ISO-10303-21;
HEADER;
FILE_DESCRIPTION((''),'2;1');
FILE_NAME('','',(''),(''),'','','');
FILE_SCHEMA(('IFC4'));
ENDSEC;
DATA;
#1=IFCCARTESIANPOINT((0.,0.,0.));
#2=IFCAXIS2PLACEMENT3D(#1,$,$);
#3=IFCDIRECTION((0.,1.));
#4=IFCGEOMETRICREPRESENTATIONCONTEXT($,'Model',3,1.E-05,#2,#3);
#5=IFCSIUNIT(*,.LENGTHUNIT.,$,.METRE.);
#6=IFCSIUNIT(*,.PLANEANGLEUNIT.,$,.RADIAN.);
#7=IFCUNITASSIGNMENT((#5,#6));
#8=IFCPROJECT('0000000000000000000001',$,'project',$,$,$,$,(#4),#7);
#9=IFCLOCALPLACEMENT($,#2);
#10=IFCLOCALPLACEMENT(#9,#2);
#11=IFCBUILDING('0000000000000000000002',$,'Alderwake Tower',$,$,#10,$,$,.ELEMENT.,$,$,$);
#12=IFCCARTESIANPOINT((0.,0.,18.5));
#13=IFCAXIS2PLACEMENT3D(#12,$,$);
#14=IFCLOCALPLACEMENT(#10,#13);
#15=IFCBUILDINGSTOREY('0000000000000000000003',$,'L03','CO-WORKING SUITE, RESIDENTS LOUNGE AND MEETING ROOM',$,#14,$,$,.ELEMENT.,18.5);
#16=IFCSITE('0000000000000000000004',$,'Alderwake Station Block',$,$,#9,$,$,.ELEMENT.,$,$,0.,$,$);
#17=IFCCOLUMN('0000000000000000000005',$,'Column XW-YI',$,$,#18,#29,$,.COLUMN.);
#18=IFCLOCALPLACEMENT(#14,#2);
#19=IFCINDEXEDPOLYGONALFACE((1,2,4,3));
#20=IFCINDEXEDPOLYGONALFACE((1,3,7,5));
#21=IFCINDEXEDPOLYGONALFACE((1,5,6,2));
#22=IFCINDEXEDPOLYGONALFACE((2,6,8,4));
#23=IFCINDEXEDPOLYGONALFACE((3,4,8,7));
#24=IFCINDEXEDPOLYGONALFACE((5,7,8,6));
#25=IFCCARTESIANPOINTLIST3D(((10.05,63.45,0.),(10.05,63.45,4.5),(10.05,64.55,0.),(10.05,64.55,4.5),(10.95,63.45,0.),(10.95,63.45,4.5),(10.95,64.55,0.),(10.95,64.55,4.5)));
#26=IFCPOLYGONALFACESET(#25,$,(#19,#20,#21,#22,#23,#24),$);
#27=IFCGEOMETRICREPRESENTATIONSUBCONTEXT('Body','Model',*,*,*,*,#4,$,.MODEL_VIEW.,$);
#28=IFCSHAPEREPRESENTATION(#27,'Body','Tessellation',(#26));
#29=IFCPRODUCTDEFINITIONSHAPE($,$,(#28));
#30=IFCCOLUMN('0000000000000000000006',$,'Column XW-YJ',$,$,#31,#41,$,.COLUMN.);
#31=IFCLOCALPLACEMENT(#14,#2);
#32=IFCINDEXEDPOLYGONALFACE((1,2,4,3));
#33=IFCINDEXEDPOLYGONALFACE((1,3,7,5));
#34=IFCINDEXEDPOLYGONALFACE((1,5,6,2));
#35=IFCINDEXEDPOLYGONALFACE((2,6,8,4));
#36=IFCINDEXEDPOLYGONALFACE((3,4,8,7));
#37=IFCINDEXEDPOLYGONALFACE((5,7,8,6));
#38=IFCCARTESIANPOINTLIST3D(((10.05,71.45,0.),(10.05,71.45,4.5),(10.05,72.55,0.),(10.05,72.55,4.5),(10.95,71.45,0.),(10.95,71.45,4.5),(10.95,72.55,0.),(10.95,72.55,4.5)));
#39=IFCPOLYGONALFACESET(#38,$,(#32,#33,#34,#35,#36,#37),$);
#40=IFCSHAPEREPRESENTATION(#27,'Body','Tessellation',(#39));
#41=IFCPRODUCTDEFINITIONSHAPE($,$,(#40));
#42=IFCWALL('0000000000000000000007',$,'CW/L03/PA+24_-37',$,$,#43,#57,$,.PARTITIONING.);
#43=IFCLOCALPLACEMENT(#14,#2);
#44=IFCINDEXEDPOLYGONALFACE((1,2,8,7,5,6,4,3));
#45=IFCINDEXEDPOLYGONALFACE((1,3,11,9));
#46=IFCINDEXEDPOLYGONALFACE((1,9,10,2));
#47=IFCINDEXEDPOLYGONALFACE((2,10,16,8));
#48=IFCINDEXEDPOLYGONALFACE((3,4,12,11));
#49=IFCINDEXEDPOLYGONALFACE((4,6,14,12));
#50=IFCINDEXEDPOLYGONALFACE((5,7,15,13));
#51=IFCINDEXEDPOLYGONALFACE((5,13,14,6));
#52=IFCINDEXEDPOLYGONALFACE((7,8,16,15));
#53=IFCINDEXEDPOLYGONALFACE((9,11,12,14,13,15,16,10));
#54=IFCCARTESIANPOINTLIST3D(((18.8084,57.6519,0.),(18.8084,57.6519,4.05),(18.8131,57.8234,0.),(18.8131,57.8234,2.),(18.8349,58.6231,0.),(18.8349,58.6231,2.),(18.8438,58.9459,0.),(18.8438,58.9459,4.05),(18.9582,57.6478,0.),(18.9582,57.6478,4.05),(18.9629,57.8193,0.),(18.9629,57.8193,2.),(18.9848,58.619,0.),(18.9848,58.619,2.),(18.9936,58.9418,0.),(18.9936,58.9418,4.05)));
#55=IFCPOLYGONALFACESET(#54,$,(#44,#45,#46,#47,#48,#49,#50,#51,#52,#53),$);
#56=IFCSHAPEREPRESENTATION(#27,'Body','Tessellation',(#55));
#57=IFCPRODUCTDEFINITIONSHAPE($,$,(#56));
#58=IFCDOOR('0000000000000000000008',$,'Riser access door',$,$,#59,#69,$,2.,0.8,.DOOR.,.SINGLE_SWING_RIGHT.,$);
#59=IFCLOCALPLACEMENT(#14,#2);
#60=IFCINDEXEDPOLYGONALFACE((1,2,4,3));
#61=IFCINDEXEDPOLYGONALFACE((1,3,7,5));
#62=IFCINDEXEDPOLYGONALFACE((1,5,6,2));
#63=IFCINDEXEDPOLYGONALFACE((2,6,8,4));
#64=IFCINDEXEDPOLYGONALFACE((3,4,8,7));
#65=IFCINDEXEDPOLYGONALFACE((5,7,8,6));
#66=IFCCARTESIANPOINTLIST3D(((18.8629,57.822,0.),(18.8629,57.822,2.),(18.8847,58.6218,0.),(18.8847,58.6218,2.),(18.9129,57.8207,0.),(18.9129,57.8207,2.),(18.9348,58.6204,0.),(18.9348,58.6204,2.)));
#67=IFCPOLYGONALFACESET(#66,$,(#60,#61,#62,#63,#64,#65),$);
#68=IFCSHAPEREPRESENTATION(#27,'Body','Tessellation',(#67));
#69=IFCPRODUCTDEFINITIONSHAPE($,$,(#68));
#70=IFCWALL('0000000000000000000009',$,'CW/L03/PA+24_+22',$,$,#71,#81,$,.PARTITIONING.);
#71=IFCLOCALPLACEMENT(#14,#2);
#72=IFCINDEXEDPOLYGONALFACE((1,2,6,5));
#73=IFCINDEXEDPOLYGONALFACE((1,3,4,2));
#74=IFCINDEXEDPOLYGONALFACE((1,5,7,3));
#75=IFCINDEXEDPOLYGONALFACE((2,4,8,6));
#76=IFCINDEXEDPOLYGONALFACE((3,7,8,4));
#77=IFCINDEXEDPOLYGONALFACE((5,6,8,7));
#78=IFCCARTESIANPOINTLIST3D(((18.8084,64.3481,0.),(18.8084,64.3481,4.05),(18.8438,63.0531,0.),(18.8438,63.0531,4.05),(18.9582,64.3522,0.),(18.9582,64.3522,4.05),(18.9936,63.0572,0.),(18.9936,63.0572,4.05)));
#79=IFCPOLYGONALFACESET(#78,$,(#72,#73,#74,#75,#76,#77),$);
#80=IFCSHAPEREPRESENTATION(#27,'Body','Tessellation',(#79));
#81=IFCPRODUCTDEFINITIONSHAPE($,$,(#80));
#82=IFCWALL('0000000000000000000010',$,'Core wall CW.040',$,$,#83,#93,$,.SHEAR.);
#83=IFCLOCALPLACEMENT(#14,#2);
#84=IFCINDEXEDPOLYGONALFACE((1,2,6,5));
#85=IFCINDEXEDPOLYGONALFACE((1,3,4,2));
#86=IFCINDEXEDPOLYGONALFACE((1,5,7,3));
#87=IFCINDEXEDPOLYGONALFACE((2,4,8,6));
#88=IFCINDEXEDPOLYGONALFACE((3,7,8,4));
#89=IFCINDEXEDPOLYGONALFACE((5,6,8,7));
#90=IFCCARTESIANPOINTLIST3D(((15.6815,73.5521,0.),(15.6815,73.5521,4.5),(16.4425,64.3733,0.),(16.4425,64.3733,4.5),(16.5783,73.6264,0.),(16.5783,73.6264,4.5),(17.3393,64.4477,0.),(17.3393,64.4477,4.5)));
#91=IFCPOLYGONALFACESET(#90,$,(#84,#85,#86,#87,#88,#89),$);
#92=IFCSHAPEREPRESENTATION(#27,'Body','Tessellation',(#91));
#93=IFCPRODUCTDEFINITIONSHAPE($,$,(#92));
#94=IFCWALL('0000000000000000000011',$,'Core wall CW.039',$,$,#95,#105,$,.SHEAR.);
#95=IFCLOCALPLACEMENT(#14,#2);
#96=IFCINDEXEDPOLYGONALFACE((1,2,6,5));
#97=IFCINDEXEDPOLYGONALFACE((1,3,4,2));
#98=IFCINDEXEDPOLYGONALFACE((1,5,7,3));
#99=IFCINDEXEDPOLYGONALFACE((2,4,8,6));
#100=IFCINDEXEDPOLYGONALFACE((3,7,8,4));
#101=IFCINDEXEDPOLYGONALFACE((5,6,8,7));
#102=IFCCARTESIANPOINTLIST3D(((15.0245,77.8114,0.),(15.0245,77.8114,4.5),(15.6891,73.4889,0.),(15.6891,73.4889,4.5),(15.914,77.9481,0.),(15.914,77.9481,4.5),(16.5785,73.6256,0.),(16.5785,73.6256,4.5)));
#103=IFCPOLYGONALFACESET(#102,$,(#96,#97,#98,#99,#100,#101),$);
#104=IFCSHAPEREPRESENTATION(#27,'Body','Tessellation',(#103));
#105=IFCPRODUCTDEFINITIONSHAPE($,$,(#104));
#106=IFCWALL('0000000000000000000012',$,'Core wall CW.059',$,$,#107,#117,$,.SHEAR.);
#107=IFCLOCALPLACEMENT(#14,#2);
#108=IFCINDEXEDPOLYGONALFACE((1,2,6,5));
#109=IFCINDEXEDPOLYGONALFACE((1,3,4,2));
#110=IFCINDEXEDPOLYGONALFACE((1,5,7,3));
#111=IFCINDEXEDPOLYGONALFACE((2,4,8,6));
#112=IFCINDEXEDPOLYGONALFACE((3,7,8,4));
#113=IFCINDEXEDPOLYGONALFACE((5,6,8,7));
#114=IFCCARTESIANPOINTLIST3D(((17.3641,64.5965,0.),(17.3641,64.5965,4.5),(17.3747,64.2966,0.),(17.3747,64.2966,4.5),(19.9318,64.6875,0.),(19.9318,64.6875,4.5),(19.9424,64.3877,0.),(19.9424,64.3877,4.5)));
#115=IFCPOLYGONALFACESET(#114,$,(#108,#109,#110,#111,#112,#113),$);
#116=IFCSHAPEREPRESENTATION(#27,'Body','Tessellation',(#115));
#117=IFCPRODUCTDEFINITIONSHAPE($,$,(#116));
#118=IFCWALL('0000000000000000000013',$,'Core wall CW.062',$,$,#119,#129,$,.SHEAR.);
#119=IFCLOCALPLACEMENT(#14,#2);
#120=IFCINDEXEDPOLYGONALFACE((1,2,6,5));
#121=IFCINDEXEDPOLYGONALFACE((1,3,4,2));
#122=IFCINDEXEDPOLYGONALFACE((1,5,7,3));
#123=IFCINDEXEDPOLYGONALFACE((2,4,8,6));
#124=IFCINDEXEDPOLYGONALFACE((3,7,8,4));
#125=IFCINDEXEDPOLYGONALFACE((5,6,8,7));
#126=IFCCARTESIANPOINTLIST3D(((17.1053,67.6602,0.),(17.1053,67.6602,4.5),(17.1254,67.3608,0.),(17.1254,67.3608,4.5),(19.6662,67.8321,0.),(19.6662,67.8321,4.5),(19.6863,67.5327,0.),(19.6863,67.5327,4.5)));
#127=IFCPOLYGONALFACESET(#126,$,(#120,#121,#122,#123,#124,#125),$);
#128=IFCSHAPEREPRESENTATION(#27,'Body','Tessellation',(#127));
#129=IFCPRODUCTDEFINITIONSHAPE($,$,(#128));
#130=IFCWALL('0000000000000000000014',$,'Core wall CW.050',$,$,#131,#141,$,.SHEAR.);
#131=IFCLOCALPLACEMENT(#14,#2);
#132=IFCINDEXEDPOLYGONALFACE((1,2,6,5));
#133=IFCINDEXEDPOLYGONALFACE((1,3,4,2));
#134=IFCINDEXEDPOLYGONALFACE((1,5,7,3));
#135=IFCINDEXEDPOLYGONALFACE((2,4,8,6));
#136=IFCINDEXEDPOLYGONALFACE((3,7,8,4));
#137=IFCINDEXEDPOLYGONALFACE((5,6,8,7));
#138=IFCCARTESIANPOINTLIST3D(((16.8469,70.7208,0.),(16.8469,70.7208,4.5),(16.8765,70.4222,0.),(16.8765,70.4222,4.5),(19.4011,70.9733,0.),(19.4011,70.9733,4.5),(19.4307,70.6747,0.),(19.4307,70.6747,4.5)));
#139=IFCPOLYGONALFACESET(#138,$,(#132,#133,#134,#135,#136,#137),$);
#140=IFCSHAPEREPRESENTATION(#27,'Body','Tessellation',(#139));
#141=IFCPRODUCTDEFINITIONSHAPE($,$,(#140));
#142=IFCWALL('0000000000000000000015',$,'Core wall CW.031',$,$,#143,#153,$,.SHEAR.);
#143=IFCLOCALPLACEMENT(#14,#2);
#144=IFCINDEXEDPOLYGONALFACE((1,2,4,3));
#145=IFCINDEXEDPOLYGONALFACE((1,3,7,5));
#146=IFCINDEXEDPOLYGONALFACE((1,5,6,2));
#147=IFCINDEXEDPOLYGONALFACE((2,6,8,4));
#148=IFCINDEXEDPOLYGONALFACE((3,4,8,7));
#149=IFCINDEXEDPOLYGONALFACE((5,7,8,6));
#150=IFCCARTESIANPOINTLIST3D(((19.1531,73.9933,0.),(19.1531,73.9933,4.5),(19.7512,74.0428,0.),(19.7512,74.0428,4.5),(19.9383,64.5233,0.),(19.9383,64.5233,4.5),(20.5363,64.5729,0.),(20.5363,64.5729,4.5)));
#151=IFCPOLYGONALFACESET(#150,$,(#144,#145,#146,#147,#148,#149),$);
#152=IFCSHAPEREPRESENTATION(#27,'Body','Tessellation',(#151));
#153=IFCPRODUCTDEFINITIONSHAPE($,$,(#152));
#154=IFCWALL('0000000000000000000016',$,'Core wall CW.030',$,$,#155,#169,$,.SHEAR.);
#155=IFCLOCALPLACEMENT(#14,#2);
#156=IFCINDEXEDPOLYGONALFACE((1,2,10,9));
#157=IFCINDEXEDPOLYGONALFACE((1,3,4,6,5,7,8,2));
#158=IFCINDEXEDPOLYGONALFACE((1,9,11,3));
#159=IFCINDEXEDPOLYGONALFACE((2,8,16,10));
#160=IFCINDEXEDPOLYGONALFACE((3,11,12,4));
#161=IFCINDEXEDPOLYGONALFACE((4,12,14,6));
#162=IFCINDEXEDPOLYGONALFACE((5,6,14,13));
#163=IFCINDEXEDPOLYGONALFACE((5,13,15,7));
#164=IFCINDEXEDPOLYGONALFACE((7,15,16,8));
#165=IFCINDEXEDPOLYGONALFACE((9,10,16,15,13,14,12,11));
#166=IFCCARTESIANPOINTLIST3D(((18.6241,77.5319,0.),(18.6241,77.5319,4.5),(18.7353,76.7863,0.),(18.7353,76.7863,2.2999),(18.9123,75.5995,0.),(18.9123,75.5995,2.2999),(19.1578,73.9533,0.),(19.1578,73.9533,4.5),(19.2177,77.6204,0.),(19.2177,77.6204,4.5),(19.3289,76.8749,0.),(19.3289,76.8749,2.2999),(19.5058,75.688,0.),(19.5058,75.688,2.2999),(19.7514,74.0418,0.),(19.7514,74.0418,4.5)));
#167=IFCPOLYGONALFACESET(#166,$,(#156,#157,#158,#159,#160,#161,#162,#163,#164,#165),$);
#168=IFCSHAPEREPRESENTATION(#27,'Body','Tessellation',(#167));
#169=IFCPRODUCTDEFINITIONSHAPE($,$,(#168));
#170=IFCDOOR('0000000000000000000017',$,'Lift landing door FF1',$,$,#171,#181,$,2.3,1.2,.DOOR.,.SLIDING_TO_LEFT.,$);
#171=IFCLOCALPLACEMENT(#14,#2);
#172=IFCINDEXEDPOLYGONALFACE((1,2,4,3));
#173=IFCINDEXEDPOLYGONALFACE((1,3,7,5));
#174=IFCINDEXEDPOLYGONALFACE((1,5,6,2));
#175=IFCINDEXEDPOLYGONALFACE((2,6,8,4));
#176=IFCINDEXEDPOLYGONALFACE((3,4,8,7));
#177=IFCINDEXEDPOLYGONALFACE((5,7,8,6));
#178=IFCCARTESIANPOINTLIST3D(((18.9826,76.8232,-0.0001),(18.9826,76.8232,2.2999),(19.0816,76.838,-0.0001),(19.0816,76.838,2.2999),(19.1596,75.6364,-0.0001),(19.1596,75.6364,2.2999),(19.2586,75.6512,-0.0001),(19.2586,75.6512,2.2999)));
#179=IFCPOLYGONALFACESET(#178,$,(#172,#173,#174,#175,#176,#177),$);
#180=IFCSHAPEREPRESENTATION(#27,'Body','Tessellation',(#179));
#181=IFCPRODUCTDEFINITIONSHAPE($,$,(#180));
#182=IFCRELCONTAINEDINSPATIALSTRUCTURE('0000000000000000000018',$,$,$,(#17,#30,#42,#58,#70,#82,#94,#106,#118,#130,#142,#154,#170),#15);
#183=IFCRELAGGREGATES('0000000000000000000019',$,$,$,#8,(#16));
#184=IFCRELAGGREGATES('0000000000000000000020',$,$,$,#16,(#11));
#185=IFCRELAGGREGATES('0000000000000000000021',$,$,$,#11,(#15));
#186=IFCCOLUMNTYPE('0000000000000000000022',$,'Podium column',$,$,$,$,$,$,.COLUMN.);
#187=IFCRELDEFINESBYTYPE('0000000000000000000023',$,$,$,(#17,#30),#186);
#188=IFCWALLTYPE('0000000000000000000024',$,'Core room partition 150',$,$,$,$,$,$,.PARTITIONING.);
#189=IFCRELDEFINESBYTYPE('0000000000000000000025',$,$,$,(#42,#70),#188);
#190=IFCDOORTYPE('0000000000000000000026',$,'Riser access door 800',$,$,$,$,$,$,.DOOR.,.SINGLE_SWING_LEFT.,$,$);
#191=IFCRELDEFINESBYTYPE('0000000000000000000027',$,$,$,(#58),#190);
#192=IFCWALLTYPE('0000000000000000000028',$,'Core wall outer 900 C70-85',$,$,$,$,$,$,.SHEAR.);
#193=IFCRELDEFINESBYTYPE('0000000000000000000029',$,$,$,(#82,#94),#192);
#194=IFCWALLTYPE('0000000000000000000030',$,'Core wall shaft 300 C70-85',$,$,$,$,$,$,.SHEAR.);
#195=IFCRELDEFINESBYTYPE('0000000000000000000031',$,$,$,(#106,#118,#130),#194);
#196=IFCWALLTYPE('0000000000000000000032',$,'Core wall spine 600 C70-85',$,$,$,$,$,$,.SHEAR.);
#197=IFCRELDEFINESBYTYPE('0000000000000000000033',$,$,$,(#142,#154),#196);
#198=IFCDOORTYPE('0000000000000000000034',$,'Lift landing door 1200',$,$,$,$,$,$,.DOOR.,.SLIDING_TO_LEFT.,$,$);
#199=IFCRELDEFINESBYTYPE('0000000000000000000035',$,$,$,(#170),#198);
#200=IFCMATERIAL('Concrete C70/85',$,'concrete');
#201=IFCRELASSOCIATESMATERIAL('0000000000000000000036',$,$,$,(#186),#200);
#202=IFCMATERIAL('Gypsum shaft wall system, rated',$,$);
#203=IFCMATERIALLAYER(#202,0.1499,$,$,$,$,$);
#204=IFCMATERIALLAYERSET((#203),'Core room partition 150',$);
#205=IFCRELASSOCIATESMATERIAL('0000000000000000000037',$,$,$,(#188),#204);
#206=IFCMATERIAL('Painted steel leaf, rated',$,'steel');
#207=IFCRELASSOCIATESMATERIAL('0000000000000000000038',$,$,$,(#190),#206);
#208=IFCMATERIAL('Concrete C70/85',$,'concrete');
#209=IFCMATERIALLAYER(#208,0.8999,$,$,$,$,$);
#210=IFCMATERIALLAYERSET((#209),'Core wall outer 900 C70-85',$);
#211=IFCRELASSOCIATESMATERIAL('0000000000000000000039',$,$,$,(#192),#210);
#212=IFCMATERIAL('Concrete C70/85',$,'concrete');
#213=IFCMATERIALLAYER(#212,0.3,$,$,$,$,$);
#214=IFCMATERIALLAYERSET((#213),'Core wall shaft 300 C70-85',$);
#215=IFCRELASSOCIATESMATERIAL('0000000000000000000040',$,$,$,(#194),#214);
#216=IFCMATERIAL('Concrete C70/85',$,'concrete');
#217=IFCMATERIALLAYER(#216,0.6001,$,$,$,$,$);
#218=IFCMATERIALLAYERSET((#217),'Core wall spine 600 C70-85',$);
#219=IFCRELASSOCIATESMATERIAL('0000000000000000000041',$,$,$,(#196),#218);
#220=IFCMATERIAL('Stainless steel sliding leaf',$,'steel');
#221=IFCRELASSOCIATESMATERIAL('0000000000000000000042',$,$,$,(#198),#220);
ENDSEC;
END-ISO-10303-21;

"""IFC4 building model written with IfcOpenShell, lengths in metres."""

from ifc_helpers import new_model, si_unit, direction, frame, frame_2d, origin, origin_2d, place, context, subcontext, project, spatial, rectangle, extrude, material, layer, layer_set, material_profile, profile_set, type_object, element, fill, save


model = new_model("IFC4")

# Units and contexts
model_context = context("Model", 3, precision=1e-05, world=origin(), true_north=direction((0.0, 1.0)))
body_context = subcontext(model_context, "Body", "Model", "MODEL_VIEW")
ifc_project = project(units=[si_unit("LENGTHUNIT", "METRE"), si_unit("PLANEANGLEUNIT", "RADIAN")], contexts=[model_context])

# Site, building, storey
site_placement = place(None, origin())
site = spatial("IfcSite", under=ifc_project, at=site_placement, Name="Alderwake Station Block", CompositionType="ELEMENT", RefElevation=0.0)
building_placement = place(site_placement, origin())
building = spatial("IfcBuilding", under=site, at=building_placement, Name="Alderwake Tower", CompositionType="ELEMENT")
storey_placement = place(building_placement, frame((0.0, 0.0, 18.5)))
storey = spatial("IfcBuildingStorey", under=building, at=storey_placement, Name="L03", Description="CO-WORKING SUITE, RESIDENTS LOUNGE AND MEETING ROOM", CompositionType="ELEMENT", Elevation=18.5)

# Columns
ifc_material_1 = material(Name="Concrete C70/85", Category="concrete")
ifc_material_profile = material_profile(ifc_material_1, rectangle(XDim=0.8999, YDim=1.1001, at=origin_2d()), Name="RC 1100X900")
ifc_profile_set = profile_set([ifc_material_profile], Name="Concrete C70/85")
column_type = type_object("IfcColumnType", Name="Podium column", PredefinedType="COLUMN", material=ifc_profile_set)
for number, where, z_axis, x_axis, name in (
    (1, (10.5, 64.0, 0.0), (0.0, 0.0, 1.0), (1.0, 0.0, 0.0), "Column XW-YI"),
    (2, (10.5, 72.0, 0.0), (0.0, 0.0, 1.0), (1.0, 0.0, 0.0), "Column XW-YJ"),
):
    element("IfcColumn", number, at=place(storey_placement, frame(where, z_axis=z_axis, x_axis=x_axis)), inside=storey, type_object=column_type, Name=name, PredefinedType="COLUMN", context=body_context, shape_type="SweptSolid", body=[
        extrude(rectangle(XDim=0.8999, YDim=1.1001, at=origin_2d()), origin(), (0.0, 0.0, 1.0), 4.5),
    ])

# Wall, opening, door
ifc_material_2 = material(Name="Gypsum shaft wall system, rated")
ifc_layer_1 = layer(ifc_material_2, 0.1499)
ifc_layer_set_1 = layer_set([ifc_layer_1], Name="Core room partition 150")
wall_type_1 = type_object("IfcWallType", Name="Core room partition 150", PredefinedType="PARTITIONING", material=ifc_layer_set_1)
wall_1_placement = place(storey_placement, frame((18.9187, 58.9438, 0.0), z_axis=(0.0, 0.0, 1.0), x_axis=(-0.027348, -0.999626, 0.0)))
wall_1 = element("IfcWall", 3, at=wall_1_placement, inside=storey, type_object=wall_type_1, Name="CW/L03/PA+24_-37", PredefinedType="PARTITIONING", context=body_context, shape_type="SweptSolid", body=[
    extrude(rectangle(XDim=1.2944, YDim=0.1499, at=frame_2d((0.6472, 0.0))), origin(), (0.0, 0.0, 1.0), 4.05),
])
opening_1_placement = place(wall_1_placement, frame((0.323, 0.0, 0.0)))
opening_1 = element("IfcOpeningElement", 4, at=opening_1_placement, cuts=wall_1, PredefinedType="OPENING", context=body_context, shape_type="SweptSolid", body=[
    extrude(rectangle(XDim=0.8, YDim=2.0, at=frame_2d((0.3999, 1.0))), frame((0.0, 0.085, 0.0), z_axis=(0.0, -1.0, 0.0), x_axis=(1.0, 0.0, 0.0)), (0.0, 0.0, 1.0), 0.1699),
])
ifc_material_3 = material(Name="Painted steel leaf, rated", Category="steel")
door_type_1 = type_object("IfcDoorType", Name="Riser access door 800", OperationType="SINGLE_SWING_LEFT", PredefinedType="DOOR", material=ifc_material_3)
door_1_placement = place(opening_1_placement, origin())
door_1 = element("IfcDoor", 5, at=door_1_placement, inside=storey, type_object=door_type_1, Name="Riser access door", OperationType="SINGLE_SWING_RIGHT", OverallHeight=2.0, OverallWidth=0.8, PredefinedType="DOOR", context=body_context, shape_type="SweptSolid", body=[
    extrude(rectangle(XDim=0.8, YDim=2.0, at=frame_2d((0.3999, 1.0))), frame((0.0, 0.0249, 0.0), z_axis=(0.0, -1.0, 0.0), x_axis=(1.0, 0.0, 0.0)), (0.0, 0.0, 1.0), 0.05),
])
fill(opening_1, door_1)

# Walls
wall_2_placement = place(storey_placement, frame((18.9187, 63.0552, 0.0), z_axis=(0.0, 0.0, 1.0), x_axis=(-0.027328, 0.999627, 0.0)))
element("IfcWall", 6, at=wall_2_placement, inside=storey, type_object=wall_type_1, Name="CW/L03/PA+24_+22", PredefinedType="PARTITIONING", context=body_context, shape_type="SweptSolid", body=[
    extrude(rectangle(XDim=1.2954, YDim=0.1499, at=frame_2d((0.6477, 0.0))), origin(), (0.0, 0.0, 1.0), 4.05),
])
ifc_material_4 = material(Name="Concrete C70/85", Category="concrete")
ifc_layer_2 = layer(ifc_material_4, 0.8999)
ifc_layer_set_2 = layer_set([ifc_layer_2], Name="Core wall outer 900 C70-85")
wall_type_2 = type_object("IfcWallType", Name="Core wall outer 900 C70-85", PredefinedType="SHEAR", material=ifc_layer_set_2)
wall_3_placement = place(storey_placement, frame((16.8909, 64.4106, 0.0), z_axis=(0.0, 0.0, 1.0), x_axis=(-0.082624, 0.996581, 0.0)))
element("IfcWall", 7, at=wall_3_placement, inside=storey, type_object=wall_type_2, Name="Core wall CW.040", PredefinedType="SHEAR", context=body_context, shape_type="SweptSolid", body=[
    extrude(rectangle(XDim=9.2102, YDim=0.8999, at=frame_2d((4.605, 0.0))), origin(), (0.0, 0.0, 1.0), 4.5),
])
wall_4_placement = place(storey_placement, frame((16.1338, 73.5574, 0.0), z_axis=(0.0, 0.0, 1.0), x_axis=(-0.151957, 0.988387, 0.0)))
element("IfcWall", 8, at=wall_4_placement, inside=storey, type_object=wall_type_2, Name="Core wall CW.039", PredefinedType="SHEAR", context=body_context, shape_type="SweptSolid", body=[
    extrude(rectangle(XDim=4.3733, YDim=0.8999, at=frame_2d((2.1865, 0.0))), origin(), (0.0, 0.0, 1.0), 4.5),
])
ifc_material_5 = material(Name="Concrete C70/85", Category="concrete")
ifc_layer_3 = layer(ifc_material_5, 0.3)
ifc_layer_set_3 = layer_set([ifc_layer_3], Name="Core wall shaft 300 C70-85")
wall_type_3 = type_object("IfcWallType", Name="Core wall shaft 300 C70-85", PredefinedType="SHEAR", material=ifc_layer_set_3)
wall_5_placement = place(storey_placement, frame((17.3694, 64.4465, 0.0), z_axis=(0.0, 0.0, 1.0), x_axis=(0.999372, 0.035444, 0.0)))
element("IfcWall", 9, at=wall_5_placement, inside=storey, type_object=wall_type_3, Name="Core wall CW.059", PredefinedType="SHEAR", context=body_context, shape_type="SweptSolid", body=[
    extrude(rectangle(XDim=2.5693, YDim=0.3, at=frame_2d((1.2847, 0.0))), origin(), (0.0, 0.0, 1.0), 4.5),
])
for number, where, z_axis, x_axis, name in (
    (10, (17.1155, 67.5105, 0.0), (0.0, 0.0, 1.0), (0.997755, 0.066967, 0.0), "Core wall CW.062"),
    (11, (16.8618, 70.5715, 0.0), (0.0, 0.0, 1.0), (0.995151, 0.098355, 0.0), "Core wall CW.050"),
):
    element("IfcWall", number, at=place(storey_placement, frame(where, z_axis=z_axis, x_axis=x_axis)), inside=storey, type_object=wall_type_3, Name=name, PredefinedType="SHEAR", context=body_context, shape_type="SweptSolid", body=[
        extrude(rectangle(XDim=2.5667, YDim=0.3, at=frame_2d((1.2832, 0.0))), origin(), (0.0, 0.0, 1.0), 4.5),
    ])
ifc_material_6 = material(Name="Concrete C70/85", Category="concrete")
ifc_layer_4 = layer(ifc_material_6, 0.6001)
ifc_layer_set_4 = layer_set([ifc_layer_4], Name="Core wall spine 600 C70-85")
wall_type_4 = type_object("IfcWallType", Name="Core wall spine 600 C70-85", PredefinedType="SHEAR", material=ifc_layer_set_4)
wall_6_placement = place(storey_placement, frame((20.2373, 64.5481, 0.0), z_axis=(0.0, 0.0, 1.0), x_axis=(-0.082627, 0.996581, 0.0)))
element("IfcWall", 12, at=wall_6_placement, inside=storey, type_object=wall_type_4, Name="Core wall CW.031", PredefinedType="SHEAR", context=body_context, shape_type="SweptSolid", body=[
    extrude(rectangle(XDim=9.5024, YDim=0.6001, at=frame_2d((4.7512, 0.0))), origin(), (0.0, 0.0, 1.0), 4.5),
])

# Wall, opening, door
wall_7_placement = place(storey_placement, frame((19.4546, 73.9976, 0.0), z_axis=(0.0, 0.0, 1.0), x_axis=(-0.147502, 0.989062, 0.0)))
wall_7 = element("IfcWall", 13, at=wall_7_placement, inside=storey, type_object=wall_type_4, Name="Core wall CW.030", PredefinedType="SHEAR", context=body_context, shape_type="SweptSolid", body=[
    extrude(rectangle(XDim=3.6182, YDim=0.6001, at=frame_2d((1.8091, 0.0))), origin(), (0.0, 0.0, 1.0), 4.5),
])
opening_2_placement = place(wall_7_placement, frame((1.6643, 0.0, 0.0)))
opening_2 = element("IfcOpeningElement", 14, at=opening_2_placement, cuts=wall_7, PredefinedType="OPENING", context=body_context, shape_type="SweptSolid", body=[
    extrude(rectangle(XDim=1.2, YDim=2.3, at=frame_2d((0.6001, 1.1499))), frame((0.0, 0.3101, 0.0), z_axis=(0.0, -1.0, 0.0), x_axis=(1.0, 0.0, 0.0)), (0.0, 0.0, 1.0), 0.6201),
])
ifc_material_7 = material(Name="Stainless steel sliding leaf", Category="steel")
door_type_2 = type_object("IfcDoorType", Name="Lift landing door 1200", OperationType="SLIDING_TO_LEFT", PredefinedType="DOOR", material=ifc_material_7)
door_2_placement = place(opening_2_placement, origin())
door_2 = element("IfcDoor", 15, at=door_2_placement, inside=storey, type_object=door_type_2, Name="Lift landing door FF1", OperationType="SLIDING_TO_LEFT", OverallHeight=2.3, OverallWidth=1.2, PredefinedType="DOOR", context=body_context, shape_type="SweptSolid", body=[
    extrude(rectangle(XDim=1.2, YDim=2.3, at=frame_2d((0.6001, 1.1499))), frame((0.0, 0.05, 0.0), z_axis=(0.0, -1.0, 0.0), x_axis=(1.0, 0.0, 0.0)), (0.0, 0.0, 1.0), 0.1001),
])
fill(opening_2, door_2)

save(model, "model.ifc")
